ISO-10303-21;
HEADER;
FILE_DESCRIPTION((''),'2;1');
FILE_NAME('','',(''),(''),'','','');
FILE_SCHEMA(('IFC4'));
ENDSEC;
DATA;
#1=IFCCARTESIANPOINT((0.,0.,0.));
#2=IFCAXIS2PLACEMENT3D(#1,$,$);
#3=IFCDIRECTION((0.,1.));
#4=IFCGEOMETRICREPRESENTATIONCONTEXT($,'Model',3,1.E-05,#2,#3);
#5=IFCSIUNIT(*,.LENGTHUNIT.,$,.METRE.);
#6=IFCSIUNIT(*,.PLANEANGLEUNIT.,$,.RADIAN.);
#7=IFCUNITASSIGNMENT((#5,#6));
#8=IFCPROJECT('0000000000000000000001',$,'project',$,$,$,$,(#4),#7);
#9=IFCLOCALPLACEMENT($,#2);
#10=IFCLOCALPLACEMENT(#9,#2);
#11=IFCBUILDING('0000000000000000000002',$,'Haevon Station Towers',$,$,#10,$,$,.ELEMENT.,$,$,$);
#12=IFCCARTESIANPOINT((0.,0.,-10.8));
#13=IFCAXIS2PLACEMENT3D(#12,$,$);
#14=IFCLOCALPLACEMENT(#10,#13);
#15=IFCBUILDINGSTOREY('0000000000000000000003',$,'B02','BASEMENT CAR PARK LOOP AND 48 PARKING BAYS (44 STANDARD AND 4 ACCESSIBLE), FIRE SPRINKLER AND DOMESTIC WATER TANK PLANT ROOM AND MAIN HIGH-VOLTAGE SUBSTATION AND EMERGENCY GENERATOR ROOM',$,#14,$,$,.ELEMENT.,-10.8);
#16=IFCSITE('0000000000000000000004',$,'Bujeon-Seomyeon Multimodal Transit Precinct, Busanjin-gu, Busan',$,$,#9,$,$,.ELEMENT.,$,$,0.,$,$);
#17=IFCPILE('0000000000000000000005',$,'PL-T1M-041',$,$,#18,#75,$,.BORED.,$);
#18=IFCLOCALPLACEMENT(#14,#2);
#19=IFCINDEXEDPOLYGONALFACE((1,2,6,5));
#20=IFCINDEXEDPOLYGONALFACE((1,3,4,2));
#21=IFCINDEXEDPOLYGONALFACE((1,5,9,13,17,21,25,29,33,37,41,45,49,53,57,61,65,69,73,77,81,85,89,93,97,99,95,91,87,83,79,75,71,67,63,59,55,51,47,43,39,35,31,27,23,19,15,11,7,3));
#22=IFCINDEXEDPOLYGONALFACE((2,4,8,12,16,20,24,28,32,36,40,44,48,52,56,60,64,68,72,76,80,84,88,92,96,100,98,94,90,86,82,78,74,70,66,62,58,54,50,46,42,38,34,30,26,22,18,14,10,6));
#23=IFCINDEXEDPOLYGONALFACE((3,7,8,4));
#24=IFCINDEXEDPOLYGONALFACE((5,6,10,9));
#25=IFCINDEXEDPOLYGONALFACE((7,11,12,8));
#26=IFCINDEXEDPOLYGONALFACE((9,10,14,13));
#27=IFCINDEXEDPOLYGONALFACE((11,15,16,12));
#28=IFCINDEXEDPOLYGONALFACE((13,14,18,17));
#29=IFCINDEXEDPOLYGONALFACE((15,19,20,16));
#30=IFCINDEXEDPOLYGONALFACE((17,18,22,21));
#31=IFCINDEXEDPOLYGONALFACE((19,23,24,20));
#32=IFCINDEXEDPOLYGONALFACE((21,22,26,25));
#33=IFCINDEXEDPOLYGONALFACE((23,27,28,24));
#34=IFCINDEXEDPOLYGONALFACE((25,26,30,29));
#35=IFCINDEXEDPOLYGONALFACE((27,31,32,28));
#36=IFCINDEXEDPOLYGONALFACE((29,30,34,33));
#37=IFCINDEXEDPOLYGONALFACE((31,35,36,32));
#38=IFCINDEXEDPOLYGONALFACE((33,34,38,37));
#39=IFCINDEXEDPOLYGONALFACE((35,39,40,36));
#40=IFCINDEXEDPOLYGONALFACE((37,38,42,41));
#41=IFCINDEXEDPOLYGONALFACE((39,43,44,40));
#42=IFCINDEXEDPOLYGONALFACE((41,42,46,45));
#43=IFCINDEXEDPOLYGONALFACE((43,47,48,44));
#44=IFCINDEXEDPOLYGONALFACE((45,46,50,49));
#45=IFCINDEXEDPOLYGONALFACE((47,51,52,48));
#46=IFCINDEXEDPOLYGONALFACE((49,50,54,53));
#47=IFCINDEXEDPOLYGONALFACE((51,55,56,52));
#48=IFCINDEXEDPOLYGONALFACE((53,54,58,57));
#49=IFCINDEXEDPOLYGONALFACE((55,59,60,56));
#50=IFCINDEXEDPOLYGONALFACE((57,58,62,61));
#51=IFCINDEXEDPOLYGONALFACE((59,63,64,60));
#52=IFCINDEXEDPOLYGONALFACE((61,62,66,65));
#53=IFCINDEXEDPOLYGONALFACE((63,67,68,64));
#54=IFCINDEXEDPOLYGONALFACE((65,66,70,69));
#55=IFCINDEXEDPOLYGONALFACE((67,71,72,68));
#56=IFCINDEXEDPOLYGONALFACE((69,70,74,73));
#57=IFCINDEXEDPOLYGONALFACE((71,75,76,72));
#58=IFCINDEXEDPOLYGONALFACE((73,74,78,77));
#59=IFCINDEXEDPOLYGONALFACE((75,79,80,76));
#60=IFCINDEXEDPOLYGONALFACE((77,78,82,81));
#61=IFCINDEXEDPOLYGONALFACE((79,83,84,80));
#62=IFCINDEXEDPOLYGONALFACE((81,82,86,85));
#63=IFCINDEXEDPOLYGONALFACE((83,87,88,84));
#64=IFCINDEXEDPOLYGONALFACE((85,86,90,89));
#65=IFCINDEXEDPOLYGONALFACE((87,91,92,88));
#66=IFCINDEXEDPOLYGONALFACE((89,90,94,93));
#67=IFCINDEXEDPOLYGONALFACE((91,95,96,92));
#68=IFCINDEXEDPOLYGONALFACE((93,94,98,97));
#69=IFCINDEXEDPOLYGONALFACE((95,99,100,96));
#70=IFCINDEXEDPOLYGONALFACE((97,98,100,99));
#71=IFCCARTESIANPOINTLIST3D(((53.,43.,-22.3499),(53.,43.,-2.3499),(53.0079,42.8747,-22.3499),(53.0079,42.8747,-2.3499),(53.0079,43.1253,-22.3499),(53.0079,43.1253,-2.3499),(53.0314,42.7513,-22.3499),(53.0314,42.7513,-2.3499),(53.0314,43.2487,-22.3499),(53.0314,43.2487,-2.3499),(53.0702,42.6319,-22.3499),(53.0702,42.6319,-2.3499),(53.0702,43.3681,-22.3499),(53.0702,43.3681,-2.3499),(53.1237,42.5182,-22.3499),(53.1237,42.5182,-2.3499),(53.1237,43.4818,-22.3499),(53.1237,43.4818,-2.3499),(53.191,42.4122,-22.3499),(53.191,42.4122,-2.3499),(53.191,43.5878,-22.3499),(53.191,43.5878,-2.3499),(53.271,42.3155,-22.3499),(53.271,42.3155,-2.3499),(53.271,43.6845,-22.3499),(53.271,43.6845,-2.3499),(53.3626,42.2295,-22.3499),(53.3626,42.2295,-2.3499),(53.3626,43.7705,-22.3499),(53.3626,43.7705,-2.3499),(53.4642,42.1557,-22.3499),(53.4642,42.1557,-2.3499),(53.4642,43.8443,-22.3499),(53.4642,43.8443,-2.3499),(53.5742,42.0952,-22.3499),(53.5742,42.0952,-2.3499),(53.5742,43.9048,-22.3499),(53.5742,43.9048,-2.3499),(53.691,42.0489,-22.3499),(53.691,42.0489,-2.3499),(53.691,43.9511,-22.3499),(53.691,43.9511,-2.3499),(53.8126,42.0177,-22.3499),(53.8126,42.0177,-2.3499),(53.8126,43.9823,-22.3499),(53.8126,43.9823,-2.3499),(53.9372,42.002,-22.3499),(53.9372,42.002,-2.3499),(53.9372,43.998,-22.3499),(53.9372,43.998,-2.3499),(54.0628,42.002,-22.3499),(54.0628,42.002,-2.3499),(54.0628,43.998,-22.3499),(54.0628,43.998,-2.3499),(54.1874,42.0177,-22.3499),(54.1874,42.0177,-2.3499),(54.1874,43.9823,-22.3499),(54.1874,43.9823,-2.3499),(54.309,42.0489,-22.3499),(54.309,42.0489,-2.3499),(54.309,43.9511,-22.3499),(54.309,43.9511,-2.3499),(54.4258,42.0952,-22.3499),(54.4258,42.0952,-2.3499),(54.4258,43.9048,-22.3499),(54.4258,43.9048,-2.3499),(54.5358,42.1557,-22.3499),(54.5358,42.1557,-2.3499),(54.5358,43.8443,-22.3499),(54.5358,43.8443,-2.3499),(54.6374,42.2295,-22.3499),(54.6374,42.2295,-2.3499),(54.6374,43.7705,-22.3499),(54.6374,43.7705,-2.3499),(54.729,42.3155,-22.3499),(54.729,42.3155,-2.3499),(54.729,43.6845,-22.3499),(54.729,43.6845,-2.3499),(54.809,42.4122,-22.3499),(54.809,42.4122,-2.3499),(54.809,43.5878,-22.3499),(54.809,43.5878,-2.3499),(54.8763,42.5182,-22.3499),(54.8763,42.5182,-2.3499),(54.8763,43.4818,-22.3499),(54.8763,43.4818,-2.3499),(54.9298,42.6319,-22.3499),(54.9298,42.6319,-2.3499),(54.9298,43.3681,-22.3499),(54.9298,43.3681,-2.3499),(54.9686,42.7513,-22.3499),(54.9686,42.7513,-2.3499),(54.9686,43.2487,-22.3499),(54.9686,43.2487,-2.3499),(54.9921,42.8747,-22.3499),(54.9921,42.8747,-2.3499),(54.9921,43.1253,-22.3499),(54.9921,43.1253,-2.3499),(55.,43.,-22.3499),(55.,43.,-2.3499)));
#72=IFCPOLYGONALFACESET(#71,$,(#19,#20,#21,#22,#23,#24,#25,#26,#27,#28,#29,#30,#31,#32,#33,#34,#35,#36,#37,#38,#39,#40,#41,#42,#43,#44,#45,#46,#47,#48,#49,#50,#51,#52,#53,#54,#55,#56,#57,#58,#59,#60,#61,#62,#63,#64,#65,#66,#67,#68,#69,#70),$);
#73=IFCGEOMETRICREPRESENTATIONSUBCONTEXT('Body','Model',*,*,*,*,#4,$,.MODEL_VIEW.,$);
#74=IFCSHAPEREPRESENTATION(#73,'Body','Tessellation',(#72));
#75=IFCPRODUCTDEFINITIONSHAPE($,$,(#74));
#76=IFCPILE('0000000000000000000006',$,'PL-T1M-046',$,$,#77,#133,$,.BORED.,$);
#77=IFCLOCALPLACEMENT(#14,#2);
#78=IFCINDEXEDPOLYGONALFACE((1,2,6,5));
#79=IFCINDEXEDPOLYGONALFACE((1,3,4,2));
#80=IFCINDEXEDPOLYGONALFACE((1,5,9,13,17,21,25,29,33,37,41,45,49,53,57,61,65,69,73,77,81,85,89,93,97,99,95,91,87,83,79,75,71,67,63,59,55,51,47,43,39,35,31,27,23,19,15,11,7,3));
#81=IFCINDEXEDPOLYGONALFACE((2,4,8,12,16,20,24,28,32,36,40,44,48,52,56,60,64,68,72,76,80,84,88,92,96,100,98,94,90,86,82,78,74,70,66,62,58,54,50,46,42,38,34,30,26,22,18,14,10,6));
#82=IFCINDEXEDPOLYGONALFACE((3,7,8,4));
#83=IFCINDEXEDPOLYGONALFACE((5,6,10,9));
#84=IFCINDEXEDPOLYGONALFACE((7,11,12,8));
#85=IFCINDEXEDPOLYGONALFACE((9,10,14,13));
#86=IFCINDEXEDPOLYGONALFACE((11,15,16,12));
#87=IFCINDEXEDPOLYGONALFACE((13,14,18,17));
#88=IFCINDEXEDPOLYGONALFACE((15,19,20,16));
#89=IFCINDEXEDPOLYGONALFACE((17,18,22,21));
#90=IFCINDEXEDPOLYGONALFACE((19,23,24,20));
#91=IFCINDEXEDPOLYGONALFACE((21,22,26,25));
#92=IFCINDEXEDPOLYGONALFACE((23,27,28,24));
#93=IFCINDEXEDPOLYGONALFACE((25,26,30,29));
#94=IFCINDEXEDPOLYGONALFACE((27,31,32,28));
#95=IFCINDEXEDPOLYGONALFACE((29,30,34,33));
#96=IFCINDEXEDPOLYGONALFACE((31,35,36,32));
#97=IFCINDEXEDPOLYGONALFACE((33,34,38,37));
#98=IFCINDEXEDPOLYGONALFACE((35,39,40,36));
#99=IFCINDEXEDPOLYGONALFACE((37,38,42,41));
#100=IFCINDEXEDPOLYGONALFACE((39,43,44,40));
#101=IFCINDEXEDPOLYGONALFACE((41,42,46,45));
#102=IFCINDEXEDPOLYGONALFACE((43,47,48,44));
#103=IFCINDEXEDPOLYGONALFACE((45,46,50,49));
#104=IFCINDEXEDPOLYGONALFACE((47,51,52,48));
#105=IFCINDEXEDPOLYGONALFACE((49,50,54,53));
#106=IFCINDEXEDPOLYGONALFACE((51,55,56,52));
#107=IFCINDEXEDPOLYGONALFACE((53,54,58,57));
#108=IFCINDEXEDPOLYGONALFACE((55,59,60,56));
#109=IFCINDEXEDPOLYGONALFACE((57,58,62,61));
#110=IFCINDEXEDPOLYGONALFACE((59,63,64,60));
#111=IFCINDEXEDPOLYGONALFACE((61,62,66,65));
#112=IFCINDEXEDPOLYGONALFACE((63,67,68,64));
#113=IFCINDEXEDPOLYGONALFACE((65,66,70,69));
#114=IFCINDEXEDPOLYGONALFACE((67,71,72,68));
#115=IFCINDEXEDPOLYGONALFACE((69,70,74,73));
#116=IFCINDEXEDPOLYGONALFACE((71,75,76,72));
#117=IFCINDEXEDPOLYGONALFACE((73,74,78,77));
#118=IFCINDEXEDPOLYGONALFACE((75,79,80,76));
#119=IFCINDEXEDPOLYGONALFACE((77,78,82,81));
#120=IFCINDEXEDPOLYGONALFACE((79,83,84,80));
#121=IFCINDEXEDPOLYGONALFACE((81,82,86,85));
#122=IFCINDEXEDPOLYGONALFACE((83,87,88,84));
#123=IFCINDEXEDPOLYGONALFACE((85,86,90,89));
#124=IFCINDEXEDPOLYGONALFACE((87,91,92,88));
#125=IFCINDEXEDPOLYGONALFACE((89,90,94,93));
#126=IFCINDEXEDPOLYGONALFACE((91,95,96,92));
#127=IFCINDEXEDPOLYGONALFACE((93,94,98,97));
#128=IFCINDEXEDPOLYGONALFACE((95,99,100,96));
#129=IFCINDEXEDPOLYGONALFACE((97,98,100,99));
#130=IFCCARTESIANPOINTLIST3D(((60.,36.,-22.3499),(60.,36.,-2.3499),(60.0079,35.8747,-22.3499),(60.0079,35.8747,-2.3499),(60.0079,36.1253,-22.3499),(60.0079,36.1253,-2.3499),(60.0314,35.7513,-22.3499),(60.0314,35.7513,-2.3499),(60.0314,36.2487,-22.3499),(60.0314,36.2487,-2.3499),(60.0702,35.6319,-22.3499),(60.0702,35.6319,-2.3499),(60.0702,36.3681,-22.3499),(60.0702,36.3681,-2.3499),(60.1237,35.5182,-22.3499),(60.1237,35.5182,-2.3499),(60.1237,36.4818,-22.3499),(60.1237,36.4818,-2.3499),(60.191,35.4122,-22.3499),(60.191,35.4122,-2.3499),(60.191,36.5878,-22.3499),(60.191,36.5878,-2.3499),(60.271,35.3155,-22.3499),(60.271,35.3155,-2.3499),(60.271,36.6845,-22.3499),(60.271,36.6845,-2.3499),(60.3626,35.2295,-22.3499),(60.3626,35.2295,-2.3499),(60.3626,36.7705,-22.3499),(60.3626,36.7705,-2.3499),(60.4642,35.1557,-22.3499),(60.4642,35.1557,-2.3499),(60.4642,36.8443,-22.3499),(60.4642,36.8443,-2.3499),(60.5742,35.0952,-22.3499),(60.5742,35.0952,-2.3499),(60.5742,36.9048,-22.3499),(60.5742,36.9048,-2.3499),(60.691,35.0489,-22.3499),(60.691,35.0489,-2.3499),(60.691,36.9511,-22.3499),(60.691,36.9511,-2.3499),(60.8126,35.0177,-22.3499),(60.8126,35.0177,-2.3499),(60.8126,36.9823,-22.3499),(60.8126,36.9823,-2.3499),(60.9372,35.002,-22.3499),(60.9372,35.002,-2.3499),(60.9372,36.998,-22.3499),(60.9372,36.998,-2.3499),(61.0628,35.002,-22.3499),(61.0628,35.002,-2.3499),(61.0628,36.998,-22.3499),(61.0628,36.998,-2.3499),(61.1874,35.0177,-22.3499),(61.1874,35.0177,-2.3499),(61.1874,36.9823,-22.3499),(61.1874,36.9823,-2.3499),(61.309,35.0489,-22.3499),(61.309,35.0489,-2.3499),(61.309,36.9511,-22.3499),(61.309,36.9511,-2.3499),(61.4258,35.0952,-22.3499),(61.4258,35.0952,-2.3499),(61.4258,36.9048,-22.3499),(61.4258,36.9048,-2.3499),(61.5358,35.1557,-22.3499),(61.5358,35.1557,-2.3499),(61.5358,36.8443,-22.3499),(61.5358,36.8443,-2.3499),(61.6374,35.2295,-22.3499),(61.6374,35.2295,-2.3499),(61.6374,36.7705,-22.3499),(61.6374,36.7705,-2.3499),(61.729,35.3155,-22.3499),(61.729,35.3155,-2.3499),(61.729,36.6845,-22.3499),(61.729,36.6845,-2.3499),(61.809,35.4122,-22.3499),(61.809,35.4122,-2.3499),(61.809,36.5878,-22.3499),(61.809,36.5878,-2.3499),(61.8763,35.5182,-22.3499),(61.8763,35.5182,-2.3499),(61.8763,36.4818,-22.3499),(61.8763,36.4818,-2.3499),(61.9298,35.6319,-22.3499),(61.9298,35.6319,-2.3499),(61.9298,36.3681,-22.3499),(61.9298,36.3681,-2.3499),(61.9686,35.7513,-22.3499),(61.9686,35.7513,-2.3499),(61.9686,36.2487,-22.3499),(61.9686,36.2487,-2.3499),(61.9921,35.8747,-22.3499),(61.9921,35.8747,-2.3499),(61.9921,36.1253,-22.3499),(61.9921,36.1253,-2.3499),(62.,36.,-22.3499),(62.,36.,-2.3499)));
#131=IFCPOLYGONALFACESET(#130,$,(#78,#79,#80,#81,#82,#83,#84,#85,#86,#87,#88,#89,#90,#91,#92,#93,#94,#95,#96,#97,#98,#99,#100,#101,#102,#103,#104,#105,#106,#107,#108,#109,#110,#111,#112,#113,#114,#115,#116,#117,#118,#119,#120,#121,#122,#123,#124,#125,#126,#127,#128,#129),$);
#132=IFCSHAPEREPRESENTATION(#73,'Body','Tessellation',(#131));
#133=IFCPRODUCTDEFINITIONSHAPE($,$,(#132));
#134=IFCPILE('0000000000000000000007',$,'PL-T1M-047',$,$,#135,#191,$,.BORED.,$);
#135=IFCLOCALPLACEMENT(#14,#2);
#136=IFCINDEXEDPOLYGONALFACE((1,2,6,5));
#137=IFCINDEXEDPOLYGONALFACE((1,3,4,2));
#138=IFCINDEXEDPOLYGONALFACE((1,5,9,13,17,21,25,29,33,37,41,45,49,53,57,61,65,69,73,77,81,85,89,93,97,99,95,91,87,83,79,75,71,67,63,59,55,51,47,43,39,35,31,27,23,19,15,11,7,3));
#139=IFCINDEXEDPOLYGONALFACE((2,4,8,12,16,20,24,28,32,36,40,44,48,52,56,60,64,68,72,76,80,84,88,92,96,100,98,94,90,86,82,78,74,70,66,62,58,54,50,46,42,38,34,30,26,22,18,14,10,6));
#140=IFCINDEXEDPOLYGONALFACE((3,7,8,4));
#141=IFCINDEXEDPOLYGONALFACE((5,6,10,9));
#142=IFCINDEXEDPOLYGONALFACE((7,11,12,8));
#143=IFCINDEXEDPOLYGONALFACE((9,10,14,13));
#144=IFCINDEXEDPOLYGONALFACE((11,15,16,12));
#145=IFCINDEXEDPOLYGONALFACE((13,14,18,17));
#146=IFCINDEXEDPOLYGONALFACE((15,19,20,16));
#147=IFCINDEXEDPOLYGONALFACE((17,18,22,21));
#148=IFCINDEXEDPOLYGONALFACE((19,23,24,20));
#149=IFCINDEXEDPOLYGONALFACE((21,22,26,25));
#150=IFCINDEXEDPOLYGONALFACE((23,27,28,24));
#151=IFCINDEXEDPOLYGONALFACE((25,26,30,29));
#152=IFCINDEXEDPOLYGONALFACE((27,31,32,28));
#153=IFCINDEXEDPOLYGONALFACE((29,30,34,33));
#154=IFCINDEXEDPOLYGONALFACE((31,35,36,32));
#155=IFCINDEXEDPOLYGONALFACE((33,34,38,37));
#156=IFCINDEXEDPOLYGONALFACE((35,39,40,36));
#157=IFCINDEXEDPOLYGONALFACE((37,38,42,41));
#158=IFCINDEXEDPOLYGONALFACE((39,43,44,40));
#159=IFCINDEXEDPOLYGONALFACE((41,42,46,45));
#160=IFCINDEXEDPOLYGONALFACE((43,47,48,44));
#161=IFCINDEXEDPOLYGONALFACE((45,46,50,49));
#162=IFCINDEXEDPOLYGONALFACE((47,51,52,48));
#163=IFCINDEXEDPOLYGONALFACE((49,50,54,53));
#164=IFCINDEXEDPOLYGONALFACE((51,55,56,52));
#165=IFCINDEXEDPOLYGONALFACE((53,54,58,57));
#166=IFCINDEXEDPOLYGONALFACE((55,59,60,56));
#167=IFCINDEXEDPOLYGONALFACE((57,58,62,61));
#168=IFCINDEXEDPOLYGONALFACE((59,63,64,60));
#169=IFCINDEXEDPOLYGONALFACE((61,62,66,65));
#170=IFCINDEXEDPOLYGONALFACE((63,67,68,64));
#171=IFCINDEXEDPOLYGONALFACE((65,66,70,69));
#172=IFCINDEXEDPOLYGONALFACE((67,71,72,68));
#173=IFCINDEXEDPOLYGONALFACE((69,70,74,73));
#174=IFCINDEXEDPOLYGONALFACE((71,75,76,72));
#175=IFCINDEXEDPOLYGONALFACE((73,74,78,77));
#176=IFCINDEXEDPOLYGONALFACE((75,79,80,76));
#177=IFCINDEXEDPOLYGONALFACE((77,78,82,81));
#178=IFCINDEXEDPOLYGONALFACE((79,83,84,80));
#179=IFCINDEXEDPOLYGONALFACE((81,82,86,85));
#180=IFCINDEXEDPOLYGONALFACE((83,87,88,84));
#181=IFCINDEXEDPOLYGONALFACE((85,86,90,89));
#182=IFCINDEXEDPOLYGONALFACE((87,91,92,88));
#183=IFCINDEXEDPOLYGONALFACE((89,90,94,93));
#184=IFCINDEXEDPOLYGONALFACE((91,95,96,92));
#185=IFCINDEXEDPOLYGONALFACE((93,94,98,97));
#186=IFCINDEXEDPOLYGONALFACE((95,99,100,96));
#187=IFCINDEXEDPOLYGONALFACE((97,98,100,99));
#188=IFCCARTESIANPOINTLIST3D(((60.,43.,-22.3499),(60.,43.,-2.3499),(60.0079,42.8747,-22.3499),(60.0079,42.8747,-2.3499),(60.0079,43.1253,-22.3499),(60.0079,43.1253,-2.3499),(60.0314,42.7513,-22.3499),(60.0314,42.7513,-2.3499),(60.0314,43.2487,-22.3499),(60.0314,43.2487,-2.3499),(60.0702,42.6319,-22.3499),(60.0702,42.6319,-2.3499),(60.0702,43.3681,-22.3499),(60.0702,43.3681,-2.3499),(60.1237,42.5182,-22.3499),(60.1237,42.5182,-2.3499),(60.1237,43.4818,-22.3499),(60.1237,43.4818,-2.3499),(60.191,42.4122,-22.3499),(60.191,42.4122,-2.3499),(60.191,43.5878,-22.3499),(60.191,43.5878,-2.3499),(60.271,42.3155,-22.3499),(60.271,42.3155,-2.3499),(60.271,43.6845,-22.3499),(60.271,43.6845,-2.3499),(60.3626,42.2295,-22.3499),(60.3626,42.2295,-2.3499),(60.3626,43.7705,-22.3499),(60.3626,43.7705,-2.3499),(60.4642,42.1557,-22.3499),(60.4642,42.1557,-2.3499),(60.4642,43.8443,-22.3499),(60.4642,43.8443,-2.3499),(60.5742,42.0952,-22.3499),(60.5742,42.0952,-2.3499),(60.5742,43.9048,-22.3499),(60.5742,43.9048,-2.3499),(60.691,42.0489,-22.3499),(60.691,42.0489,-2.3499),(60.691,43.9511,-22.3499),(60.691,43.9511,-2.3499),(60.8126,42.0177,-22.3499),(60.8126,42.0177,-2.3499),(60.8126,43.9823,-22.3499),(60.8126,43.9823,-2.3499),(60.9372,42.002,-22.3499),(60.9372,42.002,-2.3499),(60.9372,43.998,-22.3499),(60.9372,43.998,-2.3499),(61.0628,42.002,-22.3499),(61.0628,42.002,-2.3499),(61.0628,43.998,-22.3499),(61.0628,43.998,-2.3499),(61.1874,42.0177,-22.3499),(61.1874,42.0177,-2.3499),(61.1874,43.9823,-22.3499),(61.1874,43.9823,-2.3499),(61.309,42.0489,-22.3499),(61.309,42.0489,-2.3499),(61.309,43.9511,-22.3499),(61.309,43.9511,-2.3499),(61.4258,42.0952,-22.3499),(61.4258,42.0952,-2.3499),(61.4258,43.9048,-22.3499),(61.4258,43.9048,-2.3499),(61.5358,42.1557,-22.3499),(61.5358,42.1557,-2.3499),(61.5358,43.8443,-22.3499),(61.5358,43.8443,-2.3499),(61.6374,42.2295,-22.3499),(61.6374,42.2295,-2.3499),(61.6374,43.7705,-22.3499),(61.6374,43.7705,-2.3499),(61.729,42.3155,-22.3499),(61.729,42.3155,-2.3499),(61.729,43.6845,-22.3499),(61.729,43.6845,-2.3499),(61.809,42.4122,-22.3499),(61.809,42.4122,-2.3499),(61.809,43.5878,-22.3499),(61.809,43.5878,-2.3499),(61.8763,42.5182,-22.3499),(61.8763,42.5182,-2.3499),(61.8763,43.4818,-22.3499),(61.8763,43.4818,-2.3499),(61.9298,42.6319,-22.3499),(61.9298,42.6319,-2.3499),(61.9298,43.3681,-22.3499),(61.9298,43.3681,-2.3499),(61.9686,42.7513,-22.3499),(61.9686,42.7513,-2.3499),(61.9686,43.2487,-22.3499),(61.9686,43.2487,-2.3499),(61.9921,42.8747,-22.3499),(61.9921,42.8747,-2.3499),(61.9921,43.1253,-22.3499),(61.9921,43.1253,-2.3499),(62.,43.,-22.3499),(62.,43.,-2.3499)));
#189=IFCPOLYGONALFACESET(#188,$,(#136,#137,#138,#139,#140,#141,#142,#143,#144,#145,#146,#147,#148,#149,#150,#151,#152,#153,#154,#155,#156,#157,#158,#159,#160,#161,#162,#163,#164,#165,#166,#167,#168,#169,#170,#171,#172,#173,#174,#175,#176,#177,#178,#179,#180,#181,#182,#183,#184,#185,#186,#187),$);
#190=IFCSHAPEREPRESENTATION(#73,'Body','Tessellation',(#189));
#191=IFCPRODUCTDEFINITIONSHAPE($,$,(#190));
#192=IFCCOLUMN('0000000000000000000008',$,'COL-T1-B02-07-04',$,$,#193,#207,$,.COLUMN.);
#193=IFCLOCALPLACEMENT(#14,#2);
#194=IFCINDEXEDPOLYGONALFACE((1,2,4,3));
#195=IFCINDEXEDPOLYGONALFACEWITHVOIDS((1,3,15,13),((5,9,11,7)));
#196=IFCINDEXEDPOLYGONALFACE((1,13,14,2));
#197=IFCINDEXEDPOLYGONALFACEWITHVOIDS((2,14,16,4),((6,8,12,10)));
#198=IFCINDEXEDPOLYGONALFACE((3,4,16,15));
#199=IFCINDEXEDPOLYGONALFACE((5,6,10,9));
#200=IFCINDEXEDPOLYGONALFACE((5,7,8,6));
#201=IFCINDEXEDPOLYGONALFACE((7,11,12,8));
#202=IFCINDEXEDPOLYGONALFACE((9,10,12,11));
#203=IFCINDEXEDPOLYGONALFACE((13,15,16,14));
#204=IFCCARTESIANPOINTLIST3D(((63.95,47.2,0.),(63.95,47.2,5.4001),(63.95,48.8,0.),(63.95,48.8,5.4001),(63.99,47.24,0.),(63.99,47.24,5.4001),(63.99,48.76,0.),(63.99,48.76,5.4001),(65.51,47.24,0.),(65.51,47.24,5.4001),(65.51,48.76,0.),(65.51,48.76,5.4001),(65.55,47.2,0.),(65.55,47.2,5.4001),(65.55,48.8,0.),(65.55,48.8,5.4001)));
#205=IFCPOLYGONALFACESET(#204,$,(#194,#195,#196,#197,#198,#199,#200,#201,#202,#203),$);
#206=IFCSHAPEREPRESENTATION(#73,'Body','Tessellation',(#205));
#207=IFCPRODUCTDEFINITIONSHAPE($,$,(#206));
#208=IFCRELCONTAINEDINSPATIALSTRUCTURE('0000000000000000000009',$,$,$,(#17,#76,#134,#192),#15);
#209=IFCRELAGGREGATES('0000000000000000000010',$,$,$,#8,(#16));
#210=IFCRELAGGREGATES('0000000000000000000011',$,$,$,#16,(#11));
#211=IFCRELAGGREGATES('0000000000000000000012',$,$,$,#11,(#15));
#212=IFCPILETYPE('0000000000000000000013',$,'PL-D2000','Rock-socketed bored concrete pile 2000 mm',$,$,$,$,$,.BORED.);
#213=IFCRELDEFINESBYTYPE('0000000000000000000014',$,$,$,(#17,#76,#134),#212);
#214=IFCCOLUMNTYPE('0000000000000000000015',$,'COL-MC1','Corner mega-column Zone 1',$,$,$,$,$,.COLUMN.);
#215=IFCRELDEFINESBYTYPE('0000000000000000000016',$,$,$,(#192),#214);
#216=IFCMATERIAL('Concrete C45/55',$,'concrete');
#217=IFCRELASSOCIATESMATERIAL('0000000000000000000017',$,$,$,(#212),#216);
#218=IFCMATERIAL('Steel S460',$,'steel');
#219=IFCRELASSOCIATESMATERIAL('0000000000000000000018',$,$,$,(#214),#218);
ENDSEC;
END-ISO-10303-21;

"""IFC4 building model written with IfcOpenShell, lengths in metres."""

from ifc_helpers import new_model, si_unit, direction, frame, origin, origin_2d, place, context, subcontext, project, spatial, hollow_rectangle, circle, extrude, material, material_profile, profile_set, type_object, element, save


model = new_model("IFC4")

# Units and contexts
model_context = context("Model", 3, precision=1e-05, world=origin(), true_north=direction((0.0, 1.0)))
body_context = subcontext(model_context, "Body", "Model", "MODEL_VIEW")
ifc_project = project(units=[si_unit("LENGTHUNIT", "METRE"), si_unit("PLANEANGLEUNIT", "RADIAN")], contexts=[model_context])

# Site, building, storey
site_placement = place(None, origin())
site = spatial("IfcSite", under=ifc_project, at=site_placement, Name="Bujeon-Seomyeon Multimodal Transit Precinct, Busanjin-gu, Busan", CompositionType="ELEMENT", RefElevation=0.0)
building_placement = place(site_placement, origin())
building = spatial("IfcBuilding", under=site, at=building_placement, Name="Haevon Station Towers", CompositionType="ELEMENT")
storey_placement = place(building_placement, frame((0.0, 0.0, -10.8)))
storey = spatial("IfcBuildingStorey", under=building, at=storey_placement, Name="B02", Description="BASEMENT CAR PARK LOOP AND 48 PARKING BAYS (44 STANDARD AND 4 ACCESSIBLE), FIRE SPRINKLER AND DOMESTIC WATER TANK PLANT ROOM AND MAIN HIGH-VOLTAGE SUBSTATION AND EMERGENCY GENERATOR ROOM", CompositionType="ELEMENT", Elevation=-10.8)

# Piles
ifc_material_1 = material(Name="Concrete C45/55", Category="concrete")
ifc_material_profile_1 = material_profile(ifc_material_1, circle(Radius=1.0, at=origin_2d()), Name="PILE-D2000")
ifc_profile_set_1 = profile_set([ifc_material_profile_1], Name="Concrete C45/55")
pile_type_1 = type_object("IfcPileType", Name="PL-D2000", Description="Rock-socketed bored concrete pile 2000 mm", PredefinedType="BORED", material=ifc_profile_set_1)
for number, where, z_axis, x_axis, name in (
    (1, (54.0, 43.0, -2.3499), (0.0, 0.0, -1.0), (1.0, 0.0, 0.0), "PL-T1M-041"),
    (2, (61.0, 36.0, -2.3499), (0.0, 0.0, -1.0), (1.0, 0.0, 0.0), "PL-T1M-046"),
    (3, (61.0, 43.0, -2.3499), (0.0, 0.0, -1.0), (1.0, 0.0, 0.0), "PL-T1M-047"),
):
    element("IfcPile", number, at=place(storey_placement, frame(where, z_axis=z_axis, x_axis=x_axis)), inside=storey, type_object=pile_type_1, Name=name, PredefinedType="BORED", context=body_context, shape_type="SweptSolid", body=[
        extrude(circle(Radius=1.0, at=origin_2d()), origin(), (0.0, 0.0, 1.0), 20.0),
    ])

# Column
ifc_material_2 = material(Name="Steel S460", Category="steel")
ifc_material_profile_2 = material_profile(ifc_material_2, hollow_rectangle(XDim=1.6001, YDim=1.6001, WallThickness=0.04, at=origin_2d()), Name="BOX-1600x1600x40")
ifc_profile_set_2 = profile_set([ifc_material_profile_2], Name="Steel S460")
column_type_1 = type_object("IfcColumnType", Name="COL-MC1", Description="Corner mega-column Zone 1", PredefinedType="COLUMN", material=ifc_profile_set_2)
column_placement = place(storey_placement, frame((64.75, 48.0, 0.0), z_axis=(0.0, 0.0, 1.0), x_axis=(1.0, 0.0, 0.0)))
element("IfcColumn", 4, at=column_placement, inside=storey, type_object=column_type_1, Name="COL-T1-B02-07-04", PredefinedType="COLUMN", context=body_context, shape_type="SweptSolid", body=[
    extrude(hollow_rectangle(XDim=1.6001, YDim=1.6001, WallThickness=0.04, at=origin_2d()), origin(), (0.0, 0.0, 1.0), 5.4001),
])

save(model, "model.ifc")
